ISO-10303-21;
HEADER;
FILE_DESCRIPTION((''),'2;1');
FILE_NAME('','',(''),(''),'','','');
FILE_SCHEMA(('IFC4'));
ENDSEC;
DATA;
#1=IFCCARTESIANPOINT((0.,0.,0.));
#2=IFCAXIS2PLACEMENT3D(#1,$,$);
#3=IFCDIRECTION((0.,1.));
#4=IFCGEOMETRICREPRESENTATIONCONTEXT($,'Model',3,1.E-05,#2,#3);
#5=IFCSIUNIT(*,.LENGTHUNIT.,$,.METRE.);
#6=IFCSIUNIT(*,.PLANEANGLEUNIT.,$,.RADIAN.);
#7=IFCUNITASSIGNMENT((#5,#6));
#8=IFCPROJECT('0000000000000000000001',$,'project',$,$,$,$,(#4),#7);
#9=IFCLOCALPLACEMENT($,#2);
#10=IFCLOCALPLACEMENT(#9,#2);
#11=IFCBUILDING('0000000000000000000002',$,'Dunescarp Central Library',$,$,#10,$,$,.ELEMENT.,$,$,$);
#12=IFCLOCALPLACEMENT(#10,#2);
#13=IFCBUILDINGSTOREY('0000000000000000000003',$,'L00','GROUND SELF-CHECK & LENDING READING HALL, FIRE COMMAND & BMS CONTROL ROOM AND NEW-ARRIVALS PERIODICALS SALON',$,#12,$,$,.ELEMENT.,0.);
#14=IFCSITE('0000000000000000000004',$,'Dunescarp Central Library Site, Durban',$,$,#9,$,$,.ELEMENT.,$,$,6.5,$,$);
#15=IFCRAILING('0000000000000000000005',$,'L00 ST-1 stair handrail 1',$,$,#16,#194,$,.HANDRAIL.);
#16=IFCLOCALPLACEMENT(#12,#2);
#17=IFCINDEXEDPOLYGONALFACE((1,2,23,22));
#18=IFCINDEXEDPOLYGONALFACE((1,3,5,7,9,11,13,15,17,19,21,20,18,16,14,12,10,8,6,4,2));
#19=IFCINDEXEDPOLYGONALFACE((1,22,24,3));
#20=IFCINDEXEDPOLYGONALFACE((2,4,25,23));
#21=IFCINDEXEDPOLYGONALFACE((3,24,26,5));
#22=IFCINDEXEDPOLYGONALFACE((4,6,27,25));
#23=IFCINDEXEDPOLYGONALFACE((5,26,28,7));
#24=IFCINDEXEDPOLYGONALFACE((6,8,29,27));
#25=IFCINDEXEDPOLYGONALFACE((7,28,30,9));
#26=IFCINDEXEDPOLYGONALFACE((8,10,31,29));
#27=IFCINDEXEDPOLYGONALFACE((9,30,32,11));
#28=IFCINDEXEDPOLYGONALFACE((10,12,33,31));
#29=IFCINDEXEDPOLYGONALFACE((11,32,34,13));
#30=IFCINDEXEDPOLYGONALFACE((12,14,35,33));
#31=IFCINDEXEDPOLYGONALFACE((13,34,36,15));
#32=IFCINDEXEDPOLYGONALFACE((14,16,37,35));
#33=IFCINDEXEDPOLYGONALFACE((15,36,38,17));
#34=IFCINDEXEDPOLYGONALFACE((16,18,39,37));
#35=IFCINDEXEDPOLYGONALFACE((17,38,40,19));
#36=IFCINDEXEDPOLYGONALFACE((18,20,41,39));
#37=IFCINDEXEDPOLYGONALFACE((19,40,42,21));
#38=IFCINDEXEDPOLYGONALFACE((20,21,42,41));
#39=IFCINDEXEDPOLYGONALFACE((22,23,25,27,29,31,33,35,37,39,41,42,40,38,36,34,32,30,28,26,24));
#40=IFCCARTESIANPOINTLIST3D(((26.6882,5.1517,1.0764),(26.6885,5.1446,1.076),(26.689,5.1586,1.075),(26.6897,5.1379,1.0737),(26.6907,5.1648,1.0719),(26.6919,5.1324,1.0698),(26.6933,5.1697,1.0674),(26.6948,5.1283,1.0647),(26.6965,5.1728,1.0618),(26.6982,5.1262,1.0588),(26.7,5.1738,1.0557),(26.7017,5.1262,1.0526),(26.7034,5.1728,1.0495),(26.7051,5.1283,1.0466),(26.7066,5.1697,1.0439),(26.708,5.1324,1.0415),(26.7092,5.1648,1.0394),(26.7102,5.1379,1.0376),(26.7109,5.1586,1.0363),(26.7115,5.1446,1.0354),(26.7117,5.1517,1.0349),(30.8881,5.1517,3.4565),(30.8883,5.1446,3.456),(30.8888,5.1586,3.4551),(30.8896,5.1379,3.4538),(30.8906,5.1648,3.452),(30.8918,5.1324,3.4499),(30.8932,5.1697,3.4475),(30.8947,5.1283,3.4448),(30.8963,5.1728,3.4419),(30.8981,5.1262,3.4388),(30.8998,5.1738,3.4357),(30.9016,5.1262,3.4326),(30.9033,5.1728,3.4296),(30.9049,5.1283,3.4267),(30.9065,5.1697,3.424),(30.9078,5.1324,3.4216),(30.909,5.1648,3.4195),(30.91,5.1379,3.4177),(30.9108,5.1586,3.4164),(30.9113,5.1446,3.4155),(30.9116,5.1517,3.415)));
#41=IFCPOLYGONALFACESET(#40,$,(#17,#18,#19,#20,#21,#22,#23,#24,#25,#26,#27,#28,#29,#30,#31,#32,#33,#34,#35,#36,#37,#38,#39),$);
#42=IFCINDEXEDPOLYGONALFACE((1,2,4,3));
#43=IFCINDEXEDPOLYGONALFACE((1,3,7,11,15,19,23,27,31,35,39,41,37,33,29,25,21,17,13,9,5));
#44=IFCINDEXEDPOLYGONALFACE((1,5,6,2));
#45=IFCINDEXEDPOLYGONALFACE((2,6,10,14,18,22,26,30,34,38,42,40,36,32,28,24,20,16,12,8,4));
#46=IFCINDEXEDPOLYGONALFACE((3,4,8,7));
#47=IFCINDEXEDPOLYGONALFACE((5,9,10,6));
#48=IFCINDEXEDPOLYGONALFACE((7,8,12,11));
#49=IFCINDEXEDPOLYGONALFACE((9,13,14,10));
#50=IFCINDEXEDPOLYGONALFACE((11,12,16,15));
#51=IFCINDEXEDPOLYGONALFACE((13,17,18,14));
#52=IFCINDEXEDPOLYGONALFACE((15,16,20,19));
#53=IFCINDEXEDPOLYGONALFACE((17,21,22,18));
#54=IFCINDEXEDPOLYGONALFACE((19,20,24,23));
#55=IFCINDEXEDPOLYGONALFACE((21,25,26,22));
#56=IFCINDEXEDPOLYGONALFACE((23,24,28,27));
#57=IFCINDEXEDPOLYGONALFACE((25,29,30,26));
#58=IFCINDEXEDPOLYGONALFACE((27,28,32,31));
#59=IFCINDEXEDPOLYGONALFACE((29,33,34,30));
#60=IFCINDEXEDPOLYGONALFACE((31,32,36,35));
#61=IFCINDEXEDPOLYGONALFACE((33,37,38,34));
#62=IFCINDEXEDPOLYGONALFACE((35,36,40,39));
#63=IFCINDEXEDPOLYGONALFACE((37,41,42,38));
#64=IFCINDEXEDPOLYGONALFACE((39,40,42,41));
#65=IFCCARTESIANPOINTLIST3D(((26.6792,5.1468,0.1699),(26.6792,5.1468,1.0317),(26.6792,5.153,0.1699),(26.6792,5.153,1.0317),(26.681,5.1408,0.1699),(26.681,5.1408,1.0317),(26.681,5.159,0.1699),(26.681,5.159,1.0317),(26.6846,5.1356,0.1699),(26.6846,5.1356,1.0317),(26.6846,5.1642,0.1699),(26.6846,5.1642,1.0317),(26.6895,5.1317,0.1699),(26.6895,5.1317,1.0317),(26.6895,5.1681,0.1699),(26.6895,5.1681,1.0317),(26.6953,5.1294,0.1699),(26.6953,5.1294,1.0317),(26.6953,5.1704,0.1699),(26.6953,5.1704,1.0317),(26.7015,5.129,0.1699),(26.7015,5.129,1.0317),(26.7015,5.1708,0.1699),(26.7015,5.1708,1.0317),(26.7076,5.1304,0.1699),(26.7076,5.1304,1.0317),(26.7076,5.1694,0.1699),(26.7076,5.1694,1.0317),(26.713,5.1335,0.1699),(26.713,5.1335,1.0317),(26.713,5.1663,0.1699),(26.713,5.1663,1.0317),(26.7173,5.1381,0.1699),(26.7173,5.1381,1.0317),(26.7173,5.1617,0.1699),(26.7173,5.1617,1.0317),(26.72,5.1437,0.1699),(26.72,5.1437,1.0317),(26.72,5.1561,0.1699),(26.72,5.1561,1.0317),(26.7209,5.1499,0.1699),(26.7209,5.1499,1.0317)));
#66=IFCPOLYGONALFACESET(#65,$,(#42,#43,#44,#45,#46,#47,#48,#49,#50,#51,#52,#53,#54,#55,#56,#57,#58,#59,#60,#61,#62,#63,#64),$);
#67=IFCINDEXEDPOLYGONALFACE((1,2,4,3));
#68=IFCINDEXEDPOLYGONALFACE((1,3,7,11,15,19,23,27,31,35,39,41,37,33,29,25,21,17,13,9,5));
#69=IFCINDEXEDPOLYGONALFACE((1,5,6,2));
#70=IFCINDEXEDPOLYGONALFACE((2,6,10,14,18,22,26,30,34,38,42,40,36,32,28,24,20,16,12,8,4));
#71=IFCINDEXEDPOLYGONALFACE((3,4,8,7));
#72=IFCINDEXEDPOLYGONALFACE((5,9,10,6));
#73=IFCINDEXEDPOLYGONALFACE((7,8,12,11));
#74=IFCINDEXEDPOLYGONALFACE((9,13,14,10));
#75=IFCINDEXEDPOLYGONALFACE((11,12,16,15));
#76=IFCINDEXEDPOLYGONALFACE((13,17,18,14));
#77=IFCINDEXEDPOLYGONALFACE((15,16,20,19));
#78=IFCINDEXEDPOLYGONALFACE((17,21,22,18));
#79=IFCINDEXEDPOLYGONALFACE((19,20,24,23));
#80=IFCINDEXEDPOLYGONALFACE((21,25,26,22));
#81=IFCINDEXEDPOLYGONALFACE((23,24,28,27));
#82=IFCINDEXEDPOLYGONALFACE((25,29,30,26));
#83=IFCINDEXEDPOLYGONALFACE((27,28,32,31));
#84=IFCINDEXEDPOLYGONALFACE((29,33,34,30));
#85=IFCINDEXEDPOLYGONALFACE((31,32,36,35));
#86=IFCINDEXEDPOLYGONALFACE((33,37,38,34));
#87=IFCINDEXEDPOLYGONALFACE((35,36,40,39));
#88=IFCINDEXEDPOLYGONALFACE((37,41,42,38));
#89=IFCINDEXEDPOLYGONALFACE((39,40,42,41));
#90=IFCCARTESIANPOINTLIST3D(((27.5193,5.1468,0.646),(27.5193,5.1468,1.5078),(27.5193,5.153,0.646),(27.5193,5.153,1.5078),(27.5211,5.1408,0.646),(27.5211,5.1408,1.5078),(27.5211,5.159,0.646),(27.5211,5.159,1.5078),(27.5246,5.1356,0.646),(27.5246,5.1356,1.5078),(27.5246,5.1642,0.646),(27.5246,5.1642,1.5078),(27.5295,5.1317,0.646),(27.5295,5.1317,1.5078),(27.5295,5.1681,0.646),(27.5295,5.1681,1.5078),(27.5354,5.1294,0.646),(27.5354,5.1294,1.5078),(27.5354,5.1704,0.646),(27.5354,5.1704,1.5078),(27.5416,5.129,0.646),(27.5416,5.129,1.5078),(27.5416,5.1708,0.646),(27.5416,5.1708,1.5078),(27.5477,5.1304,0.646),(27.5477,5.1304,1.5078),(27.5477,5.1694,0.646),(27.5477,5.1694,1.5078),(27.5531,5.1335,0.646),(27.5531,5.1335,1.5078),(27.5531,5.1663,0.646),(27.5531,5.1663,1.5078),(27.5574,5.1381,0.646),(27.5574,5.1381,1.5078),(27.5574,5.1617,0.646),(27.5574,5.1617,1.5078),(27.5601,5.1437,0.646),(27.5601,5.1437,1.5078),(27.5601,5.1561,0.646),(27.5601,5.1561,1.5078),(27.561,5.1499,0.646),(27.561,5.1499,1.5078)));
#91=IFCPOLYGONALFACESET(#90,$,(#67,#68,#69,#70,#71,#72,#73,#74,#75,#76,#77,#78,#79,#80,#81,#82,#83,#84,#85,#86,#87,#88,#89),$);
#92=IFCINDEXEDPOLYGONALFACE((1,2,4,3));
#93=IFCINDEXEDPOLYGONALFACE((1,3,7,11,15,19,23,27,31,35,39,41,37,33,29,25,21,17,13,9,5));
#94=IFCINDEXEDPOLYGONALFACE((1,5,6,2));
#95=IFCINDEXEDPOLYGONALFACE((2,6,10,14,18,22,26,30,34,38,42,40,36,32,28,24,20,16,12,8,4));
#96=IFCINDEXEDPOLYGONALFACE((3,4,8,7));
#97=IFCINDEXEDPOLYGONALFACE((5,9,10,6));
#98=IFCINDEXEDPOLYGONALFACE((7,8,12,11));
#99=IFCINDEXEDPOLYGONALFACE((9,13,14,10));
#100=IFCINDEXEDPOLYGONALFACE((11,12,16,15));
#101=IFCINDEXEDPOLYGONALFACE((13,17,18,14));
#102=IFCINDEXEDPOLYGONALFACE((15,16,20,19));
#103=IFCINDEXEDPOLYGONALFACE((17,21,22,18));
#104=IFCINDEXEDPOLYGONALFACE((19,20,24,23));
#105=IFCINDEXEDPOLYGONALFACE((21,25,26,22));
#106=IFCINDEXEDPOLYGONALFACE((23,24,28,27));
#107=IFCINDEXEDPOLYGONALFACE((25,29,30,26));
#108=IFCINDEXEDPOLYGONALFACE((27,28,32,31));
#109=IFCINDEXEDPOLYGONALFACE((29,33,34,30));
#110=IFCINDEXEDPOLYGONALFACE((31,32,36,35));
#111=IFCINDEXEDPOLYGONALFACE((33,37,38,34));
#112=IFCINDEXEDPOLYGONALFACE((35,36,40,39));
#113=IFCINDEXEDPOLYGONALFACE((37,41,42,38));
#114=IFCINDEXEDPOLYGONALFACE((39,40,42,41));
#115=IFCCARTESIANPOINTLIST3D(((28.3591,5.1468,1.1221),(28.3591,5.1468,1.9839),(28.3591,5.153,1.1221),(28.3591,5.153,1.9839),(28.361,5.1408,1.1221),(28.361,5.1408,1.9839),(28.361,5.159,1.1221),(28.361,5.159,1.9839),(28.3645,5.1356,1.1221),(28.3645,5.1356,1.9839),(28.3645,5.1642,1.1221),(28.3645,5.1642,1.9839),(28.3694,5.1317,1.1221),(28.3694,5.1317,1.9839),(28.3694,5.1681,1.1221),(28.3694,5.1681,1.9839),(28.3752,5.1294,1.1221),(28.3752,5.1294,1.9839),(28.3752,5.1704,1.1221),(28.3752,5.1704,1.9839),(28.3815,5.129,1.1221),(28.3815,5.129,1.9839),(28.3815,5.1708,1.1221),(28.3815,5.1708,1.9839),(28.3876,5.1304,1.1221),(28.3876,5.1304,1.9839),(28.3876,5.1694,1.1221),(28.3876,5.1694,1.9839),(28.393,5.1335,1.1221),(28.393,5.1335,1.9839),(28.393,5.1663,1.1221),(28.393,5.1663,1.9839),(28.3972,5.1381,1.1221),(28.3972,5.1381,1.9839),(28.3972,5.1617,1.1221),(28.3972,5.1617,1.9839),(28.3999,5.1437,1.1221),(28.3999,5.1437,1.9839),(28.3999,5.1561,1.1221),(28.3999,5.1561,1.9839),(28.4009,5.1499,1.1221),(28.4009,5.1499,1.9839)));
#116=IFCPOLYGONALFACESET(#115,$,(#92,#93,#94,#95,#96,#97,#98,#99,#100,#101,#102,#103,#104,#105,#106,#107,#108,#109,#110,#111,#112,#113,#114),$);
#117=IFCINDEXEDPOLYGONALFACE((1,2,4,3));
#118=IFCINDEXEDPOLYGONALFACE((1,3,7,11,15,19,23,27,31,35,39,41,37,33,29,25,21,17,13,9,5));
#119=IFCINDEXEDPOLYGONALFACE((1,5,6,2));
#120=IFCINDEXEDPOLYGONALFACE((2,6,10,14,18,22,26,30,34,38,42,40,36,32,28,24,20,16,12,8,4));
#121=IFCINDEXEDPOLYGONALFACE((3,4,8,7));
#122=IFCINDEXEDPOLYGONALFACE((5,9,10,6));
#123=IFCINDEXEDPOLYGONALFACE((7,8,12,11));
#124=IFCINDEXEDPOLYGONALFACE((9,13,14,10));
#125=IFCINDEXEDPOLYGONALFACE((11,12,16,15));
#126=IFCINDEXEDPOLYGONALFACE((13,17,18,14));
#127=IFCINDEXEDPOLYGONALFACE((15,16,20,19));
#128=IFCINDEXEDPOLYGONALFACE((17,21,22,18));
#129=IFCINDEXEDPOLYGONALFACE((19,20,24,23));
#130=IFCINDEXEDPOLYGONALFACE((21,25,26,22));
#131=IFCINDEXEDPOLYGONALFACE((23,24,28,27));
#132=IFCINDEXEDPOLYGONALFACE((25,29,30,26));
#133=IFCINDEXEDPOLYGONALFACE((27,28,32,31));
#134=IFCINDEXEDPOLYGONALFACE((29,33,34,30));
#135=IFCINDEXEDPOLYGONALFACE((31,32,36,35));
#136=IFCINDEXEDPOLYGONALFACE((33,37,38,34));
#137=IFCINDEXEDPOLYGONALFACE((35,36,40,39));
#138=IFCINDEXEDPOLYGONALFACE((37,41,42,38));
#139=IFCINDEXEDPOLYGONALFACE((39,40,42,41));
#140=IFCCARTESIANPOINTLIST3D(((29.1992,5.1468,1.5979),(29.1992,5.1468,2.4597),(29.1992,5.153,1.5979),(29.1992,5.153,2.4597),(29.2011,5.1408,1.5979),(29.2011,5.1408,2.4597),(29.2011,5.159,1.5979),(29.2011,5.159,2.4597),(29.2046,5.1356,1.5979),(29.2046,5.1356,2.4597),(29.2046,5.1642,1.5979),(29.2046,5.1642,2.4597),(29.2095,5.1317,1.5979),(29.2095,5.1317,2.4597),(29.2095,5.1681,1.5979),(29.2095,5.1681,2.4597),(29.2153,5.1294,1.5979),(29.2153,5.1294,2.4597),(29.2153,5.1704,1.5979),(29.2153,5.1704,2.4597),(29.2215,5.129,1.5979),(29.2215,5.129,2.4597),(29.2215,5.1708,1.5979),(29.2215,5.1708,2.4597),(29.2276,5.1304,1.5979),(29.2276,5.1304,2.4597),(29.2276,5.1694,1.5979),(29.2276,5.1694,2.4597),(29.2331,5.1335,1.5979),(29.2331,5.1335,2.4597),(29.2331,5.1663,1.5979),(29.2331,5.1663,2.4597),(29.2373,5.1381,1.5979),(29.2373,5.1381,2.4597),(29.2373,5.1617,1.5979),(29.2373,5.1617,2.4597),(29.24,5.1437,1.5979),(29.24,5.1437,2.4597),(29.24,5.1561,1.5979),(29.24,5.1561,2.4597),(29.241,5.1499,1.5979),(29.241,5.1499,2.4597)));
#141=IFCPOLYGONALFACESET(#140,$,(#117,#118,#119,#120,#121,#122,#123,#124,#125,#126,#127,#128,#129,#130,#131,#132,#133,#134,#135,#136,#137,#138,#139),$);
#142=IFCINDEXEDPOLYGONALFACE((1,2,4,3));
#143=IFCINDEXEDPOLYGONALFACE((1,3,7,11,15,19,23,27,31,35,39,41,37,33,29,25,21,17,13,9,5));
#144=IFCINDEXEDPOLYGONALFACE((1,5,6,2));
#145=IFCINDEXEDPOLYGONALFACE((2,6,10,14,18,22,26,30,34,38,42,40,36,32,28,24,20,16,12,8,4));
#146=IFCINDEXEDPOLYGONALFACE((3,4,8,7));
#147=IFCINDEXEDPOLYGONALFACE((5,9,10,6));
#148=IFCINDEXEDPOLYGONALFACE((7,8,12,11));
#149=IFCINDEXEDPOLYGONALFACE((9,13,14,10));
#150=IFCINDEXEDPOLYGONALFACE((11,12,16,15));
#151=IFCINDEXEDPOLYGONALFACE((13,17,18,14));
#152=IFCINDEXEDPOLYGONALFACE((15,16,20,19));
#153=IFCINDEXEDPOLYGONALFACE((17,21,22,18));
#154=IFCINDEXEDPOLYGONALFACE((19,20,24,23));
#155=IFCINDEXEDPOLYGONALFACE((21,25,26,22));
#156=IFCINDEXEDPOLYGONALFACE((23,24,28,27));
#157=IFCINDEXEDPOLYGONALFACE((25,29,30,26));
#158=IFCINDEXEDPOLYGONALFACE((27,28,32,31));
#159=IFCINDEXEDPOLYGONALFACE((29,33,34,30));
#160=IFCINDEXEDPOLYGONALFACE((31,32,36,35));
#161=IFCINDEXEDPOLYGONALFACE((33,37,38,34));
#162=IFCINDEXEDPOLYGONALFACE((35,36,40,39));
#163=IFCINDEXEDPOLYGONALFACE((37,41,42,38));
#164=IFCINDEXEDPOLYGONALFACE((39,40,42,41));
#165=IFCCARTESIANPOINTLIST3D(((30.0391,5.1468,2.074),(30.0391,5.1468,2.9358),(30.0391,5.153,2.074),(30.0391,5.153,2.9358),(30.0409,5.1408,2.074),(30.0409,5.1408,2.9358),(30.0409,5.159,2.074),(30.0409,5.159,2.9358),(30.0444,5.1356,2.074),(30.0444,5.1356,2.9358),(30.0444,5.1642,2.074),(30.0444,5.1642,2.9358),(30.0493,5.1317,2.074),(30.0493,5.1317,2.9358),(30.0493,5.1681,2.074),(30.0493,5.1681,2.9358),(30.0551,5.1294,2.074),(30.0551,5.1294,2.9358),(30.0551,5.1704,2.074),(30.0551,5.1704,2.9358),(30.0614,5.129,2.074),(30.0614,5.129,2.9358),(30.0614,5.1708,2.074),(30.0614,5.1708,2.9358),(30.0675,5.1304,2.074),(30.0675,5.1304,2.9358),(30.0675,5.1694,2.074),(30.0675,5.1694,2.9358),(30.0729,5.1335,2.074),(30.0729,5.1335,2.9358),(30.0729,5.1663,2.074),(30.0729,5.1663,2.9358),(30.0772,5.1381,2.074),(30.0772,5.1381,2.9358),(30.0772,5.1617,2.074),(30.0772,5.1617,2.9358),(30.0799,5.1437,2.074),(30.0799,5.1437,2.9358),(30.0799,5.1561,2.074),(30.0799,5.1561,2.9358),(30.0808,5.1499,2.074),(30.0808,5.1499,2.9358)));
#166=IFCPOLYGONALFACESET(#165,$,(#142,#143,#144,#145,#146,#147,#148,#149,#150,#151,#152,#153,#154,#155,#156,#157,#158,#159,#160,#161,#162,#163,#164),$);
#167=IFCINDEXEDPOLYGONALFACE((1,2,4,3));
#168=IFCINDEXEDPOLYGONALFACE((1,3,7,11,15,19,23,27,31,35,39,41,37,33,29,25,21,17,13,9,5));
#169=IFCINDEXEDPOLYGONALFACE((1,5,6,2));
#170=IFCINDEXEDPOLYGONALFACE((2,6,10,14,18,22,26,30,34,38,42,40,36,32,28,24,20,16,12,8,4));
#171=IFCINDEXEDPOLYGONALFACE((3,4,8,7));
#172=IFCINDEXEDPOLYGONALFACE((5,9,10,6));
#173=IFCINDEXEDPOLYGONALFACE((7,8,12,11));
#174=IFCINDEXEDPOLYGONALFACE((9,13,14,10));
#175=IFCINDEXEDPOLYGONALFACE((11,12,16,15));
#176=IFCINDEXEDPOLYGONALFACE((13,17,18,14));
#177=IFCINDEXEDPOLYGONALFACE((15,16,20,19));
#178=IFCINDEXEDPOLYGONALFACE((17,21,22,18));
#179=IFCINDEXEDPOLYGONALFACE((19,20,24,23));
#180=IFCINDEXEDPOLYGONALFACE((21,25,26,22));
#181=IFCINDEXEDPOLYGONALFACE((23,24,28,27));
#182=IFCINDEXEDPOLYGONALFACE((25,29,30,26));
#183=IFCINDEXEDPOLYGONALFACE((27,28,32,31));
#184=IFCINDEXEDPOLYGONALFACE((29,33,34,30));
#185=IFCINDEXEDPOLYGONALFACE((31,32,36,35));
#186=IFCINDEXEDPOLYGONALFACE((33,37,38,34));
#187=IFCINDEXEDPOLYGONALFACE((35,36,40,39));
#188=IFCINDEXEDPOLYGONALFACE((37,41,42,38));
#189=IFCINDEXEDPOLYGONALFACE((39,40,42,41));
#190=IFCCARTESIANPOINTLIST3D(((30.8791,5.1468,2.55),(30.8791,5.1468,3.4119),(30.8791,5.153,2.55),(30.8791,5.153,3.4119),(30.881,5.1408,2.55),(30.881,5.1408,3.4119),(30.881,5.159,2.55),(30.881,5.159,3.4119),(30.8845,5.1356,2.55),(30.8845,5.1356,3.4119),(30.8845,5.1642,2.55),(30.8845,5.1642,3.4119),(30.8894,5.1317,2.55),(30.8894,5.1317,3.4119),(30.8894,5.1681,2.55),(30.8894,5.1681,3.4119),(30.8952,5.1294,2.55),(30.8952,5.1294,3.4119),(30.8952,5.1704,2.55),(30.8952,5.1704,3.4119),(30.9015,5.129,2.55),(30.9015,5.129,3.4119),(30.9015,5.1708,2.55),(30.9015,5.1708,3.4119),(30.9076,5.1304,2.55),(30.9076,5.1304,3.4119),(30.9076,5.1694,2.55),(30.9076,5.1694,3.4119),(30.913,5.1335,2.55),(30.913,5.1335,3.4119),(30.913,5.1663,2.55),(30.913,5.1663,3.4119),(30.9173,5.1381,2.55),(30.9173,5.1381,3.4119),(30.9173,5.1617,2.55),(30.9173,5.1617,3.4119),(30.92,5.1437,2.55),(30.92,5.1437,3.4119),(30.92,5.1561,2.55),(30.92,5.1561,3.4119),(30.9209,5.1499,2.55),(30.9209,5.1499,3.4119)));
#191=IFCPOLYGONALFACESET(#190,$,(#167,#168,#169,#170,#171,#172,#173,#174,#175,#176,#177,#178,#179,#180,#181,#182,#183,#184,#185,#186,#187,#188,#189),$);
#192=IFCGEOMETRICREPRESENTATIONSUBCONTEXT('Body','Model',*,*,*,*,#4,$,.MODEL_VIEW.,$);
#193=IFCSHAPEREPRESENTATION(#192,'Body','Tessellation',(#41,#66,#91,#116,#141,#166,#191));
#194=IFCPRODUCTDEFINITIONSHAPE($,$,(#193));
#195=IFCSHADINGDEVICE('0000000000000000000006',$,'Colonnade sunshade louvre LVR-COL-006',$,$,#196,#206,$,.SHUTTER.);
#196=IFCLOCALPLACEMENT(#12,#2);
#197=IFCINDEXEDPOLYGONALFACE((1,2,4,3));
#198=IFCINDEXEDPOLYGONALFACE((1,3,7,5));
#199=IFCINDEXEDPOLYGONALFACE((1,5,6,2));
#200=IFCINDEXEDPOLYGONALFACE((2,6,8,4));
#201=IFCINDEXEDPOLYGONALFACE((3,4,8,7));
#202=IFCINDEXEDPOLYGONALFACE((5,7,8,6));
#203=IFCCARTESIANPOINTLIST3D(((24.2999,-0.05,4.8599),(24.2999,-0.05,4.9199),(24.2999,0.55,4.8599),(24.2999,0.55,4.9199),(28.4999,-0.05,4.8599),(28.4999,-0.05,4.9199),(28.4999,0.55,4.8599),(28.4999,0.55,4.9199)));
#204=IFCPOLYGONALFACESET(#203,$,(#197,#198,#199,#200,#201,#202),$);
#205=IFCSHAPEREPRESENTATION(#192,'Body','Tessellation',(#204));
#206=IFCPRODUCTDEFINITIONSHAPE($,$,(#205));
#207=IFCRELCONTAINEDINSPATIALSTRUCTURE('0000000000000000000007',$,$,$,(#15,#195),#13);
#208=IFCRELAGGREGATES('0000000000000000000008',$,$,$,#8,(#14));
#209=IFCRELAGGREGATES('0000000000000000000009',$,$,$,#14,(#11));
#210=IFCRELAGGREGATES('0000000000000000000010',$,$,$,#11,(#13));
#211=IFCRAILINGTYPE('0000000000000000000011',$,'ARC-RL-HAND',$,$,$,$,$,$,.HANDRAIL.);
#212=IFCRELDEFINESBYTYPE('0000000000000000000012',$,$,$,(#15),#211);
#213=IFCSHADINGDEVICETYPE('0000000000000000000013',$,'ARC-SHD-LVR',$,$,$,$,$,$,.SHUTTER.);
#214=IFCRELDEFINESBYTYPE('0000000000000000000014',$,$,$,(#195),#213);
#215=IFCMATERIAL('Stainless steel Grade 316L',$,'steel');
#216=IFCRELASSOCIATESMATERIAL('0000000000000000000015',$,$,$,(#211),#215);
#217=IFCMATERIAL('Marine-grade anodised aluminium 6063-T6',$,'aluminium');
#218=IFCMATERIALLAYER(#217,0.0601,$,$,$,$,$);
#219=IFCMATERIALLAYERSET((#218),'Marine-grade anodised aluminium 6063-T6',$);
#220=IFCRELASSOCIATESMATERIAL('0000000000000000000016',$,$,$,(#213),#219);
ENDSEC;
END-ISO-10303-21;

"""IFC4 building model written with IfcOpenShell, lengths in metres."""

from ifc_helpers import new_model, si_unit, direction, frame, origin, origin_2d, place, context, subcontext, project, spatial, rectangle, circle, extrude, material, layer, layer_set, type_object, element, save


model = new_model("IFC4")

# Units and contexts
model_context = context("Model", 3, precision=1e-05, world=origin(), true_north=direction((0.0, 1.0)))
body_context = subcontext(model_context, "Body", "Model", "MODEL_VIEW")
ifc_project = project(units=[si_unit("LENGTHUNIT", "METRE"), si_unit("PLANEANGLEUNIT", "RADIAN")], contexts=[model_context])

# Site, building, storey
site_placement = place(None, origin())
site = spatial("IfcSite", under=ifc_project, at=site_placement, Name="Dunescarp Central Library Site, Durban", CompositionType="ELEMENT", RefElevation=6.5)
building_placement = place(site_placement, origin())
building = spatial("IfcBuilding", under=site, at=building_placement, Name="Dunescarp Central Library", CompositionType="ELEMENT")
storey_placement = place(building_placement, origin())
storey = spatial("IfcBuildingStorey", under=building, at=storey_placement, Name="L00", Description="GROUND SELF-CHECK & LENDING READING HALL, FIRE COMMAND & BMS CONTROL ROOM AND NEW-ARRIVALS PERIODICALS SALON", CompositionType="ELEMENT", Elevation=0.0)

# Shared definitions
ifc_material_1 = material(Name="Marine-grade anodised aluminium 6063-T6", Category="aluminium")

# Railing
ifc_material_2 = material(Name="Stainless steel Grade 316L", Category="steel")
railing_type_1 = type_object("IfcRailingType", Name="ARC-RL-HAND", PredefinedType="HANDRAIL", material=ifc_material_2)
railing_1_placement = place(storey_placement, frame((26.7, 5.1499, 0.1699)))
element("IfcRailing", 1, at=railing_1_placement, inside=storey, type_object=railing_type_1, Name="L00 ST-1 stair handrail 1", PredefinedType="HANDRAIL", context=body_context, shape_type="SweptSolid", body=[
    extrude(circle(Radius=0.0239, at=origin_2d()), frame((0.0, 0.0, 0.8857), z_axis=(0.870008, 0.0, 0.493037), x_axis=(0.0, 1.0, 0.0)), (0.0, 0.0, 1.0), 4.8274),
    extrude(circle(Radius=0.021, at=origin_2d()), origin(), (0.0, 0.0, 1.0), 0.8618),
    extrude(circle(Radius=0.021, at=origin_2d()), frame((0.8401, 0.0, 0.4761)), (0.0, 0.0, 1.0), 0.8618),
    extrude(circle(Radius=0.021, at=origin_2d()), frame((1.6799, 0.0, 0.9521)), (0.0, 0.0, 1.0), 0.8618),
    extrude(circle(Radius=0.021, at=origin_2d()), frame((2.52, 0.0, 1.428)), (0.0, 0.0, 1.0), 0.8618),
    extrude(circle(Radius=0.021, at=origin_2d()), frame((3.3599, 0.0, 1.9041)), (0.0, 0.0, 1.0), 0.8618),
    extrude(circle(Radius=0.021, at=origin_2d()), frame((4.2, 0.0, 2.3801)), (0.0, 0.0, 1.0), 0.8618),
])

# Shading device
ifc_layer_1 = layer(ifc_material_1, 0.0601)
ifc_layer_set_1 = layer_set([ifc_layer_1], Name="Marine-grade anodised aluminium 6063-T6")
shading_device_type = type_object("IfcShadingDeviceType", Name="ARC-SHD-LVR", PredefinedType="SHUTTER", material=ifc_layer_set_1)
for number, where, z_axis, x_axis, name in (
    (2, (26.3999, 0.25, 4.8599), (0.0, 0.0, 1.0), (1.0, 0.0, 0.0), "Colonnade sunshade louvre LVR-COL-006"),
):
    element("IfcShadingDevice", number, at=place(storey_placement, frame(where, z_axis=z_axis, x_axis=x_axis)), inside=storey, type_object=shading_device_type, Name=name, PredefinedType="SHUTTER", context=body_context, shape_type="SweptSolid", body=[
        extrude(rectangle(XDim=4.2, YDim=0.6001, at=origin_2d()), origin(), (0.0, 0.0, 1.0), 0.0601),
    ])

save(model, "model.ifc")
